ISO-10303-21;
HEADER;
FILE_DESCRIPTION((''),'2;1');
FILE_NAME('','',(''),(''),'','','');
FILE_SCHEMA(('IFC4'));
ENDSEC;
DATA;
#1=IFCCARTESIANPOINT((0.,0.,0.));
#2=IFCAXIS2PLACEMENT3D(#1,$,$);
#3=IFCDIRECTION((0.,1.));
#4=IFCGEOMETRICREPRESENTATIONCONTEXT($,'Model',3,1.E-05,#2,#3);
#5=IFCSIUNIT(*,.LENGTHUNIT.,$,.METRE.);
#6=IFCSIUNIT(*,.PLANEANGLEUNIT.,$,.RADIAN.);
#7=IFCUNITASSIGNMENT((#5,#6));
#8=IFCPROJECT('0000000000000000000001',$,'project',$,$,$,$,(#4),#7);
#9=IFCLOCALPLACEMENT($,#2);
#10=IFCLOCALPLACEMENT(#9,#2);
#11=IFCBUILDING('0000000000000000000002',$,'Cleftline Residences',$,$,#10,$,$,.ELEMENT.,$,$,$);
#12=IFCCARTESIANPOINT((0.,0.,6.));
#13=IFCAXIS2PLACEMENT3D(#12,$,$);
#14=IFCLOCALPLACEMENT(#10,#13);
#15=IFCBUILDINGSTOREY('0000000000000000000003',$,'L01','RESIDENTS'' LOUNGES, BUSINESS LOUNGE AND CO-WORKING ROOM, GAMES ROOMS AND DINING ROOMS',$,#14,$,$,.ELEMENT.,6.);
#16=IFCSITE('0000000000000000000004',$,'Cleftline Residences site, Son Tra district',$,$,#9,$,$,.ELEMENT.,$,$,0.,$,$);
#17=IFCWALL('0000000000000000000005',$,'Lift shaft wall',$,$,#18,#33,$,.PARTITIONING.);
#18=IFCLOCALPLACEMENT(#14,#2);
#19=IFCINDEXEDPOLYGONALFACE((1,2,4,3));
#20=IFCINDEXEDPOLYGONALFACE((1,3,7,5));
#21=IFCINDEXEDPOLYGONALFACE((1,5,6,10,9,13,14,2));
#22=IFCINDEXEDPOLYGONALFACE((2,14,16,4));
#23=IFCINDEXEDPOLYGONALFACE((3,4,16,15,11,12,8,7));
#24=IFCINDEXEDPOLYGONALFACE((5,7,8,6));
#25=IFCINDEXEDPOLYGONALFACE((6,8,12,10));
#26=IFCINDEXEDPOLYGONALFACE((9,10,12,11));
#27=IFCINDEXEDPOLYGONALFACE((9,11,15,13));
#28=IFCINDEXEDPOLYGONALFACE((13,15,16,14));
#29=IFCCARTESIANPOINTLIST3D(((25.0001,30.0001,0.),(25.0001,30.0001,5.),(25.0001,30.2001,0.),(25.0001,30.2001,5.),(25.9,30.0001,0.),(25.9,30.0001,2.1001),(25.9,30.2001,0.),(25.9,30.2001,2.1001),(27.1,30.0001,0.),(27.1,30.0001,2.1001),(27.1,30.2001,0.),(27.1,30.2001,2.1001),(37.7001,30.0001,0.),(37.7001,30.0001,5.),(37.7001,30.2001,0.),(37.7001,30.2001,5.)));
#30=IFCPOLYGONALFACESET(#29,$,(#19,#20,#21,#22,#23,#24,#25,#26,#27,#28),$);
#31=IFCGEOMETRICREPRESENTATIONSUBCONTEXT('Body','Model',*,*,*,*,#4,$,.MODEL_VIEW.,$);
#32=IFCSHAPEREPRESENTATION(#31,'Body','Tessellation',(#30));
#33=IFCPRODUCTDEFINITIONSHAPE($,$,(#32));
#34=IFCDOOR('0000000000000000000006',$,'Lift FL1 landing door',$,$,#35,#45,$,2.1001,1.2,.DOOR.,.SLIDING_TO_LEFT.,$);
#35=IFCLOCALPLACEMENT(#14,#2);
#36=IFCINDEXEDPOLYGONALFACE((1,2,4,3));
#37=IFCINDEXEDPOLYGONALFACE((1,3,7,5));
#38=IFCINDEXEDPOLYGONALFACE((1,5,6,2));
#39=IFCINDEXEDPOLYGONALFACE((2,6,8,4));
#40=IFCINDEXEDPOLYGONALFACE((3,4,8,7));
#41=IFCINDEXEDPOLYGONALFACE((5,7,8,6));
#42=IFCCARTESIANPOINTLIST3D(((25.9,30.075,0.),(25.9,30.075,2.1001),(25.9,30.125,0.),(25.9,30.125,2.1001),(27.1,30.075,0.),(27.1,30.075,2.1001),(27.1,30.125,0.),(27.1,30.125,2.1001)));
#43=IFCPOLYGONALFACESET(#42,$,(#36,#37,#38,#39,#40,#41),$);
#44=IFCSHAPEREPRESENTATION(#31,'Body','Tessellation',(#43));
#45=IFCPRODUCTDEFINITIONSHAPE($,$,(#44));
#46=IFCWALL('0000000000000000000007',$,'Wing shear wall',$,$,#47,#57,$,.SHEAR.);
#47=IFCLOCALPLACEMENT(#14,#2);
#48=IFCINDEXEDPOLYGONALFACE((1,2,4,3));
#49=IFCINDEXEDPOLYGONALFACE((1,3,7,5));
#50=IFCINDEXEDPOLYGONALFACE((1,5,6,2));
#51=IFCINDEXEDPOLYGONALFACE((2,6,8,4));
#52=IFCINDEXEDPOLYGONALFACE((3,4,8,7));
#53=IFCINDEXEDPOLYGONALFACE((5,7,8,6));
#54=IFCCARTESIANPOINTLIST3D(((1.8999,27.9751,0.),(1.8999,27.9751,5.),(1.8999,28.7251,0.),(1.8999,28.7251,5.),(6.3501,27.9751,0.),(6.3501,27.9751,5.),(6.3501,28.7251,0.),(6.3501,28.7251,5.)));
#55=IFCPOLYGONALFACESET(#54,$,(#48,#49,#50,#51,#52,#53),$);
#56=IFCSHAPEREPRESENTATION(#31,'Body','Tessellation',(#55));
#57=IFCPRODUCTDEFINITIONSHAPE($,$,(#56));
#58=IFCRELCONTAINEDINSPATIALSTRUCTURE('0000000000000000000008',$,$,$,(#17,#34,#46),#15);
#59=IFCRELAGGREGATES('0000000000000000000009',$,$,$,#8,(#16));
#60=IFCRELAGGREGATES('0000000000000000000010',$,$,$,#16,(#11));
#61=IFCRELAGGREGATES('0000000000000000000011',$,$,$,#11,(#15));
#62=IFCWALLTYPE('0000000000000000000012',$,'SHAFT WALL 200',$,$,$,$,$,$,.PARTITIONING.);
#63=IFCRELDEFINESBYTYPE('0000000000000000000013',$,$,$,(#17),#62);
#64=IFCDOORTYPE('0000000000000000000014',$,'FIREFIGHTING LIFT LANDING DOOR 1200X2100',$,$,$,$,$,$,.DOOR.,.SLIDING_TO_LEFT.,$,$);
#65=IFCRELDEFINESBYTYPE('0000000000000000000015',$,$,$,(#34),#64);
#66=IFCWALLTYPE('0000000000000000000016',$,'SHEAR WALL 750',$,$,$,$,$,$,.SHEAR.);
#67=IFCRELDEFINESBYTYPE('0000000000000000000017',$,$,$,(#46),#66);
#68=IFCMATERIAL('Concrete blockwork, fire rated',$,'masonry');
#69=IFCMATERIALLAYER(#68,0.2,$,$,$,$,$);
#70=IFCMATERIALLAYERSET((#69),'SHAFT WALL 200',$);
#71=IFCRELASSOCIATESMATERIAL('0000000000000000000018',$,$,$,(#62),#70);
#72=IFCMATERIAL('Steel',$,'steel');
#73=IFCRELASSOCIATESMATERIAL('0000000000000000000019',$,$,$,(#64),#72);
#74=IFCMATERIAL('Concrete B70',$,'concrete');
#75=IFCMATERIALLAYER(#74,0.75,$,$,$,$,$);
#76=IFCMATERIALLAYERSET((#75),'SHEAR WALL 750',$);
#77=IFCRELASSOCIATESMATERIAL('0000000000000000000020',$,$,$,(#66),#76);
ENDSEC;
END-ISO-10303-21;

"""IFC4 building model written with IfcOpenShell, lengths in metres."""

from ifc_helpers import new_model, si_unit, direction, frame, frame_2d, origin, place, context, subcontext, project, spatial, rectangle, extrude, material, layer, layer_set, type_object, element, fill, save


model = new_model("IFC4")

# Units and contexts
model_context = context("Model", 3, precision=1e-05, world=origin(), true_north=direction((0.0, 1.0)))
body_context = subcontext(model_context, "Body", "Model", "MODEL_VIEW")
ifc_project = project(units=[si_unit("LENGTHUNIT", "METRE"), si_unit("PLANEANGLEUNIT", "RADIAN")], contexts=[model_context])

# Site, building, storey
site_placement = place(None, origin())
site = spatial("IfcSite", under=ifc_project, at=site_placement, Name="Cleftline Residences site, Son Tra district", CompositionType="ELEMENT", RefElevation=0.0)
building_placement = place(site_placement, origin())
building = spatial("IfcBuilding", under=site, at=building_placement, Name="Cleftline Residences", CompositionType="ELEMENT")
storey_placement = place(building_placement, frame((0.0, 0.0, 6.0)))
storey = spatial("IfcBuildingStorey", under=building, at=storey_placement, Name="L01", Description="RESIDENTS' LOUNGES, BUSINESS LOUNGE AND CO-WORKING ROOM, GAMES ROOMS AND DINING ROOMS", CompositionType="ELEMENT", Elevation=6.0)

# Wall, opening, door
ifc_material_1 = material(Name="Concrete blockwork, fire rated", Category="masonry")
ifc_layer_1 = layer(ifc_material_1, 0.2)
ifc_layer_set_1 = layer_set([ifc_layer_1], Name="SHAFT WALL 200")
wall_type_1 = type_object("IfcWallType", Name="SHAFT WALL 200", PredefinedType="PARTITIONING", material=ifc_layer_set_1)
wall_1_placement = place(storey_placement, frame((25.0, 30.1001, 0.0), z_axis=(0.0, 0.0, 1.0), x_axis=(1.0, 0.0, 0.0)))
wall_1 = element("IfcWall", 1, at=wall_1_placement, inside=storey, type_object=wall_type_1, Name="Lift shaft wall", PredefinedType="PARTITIONING", context=body_context, shape_type="SweptSolid", body=[
    extrude(rectangle(XDim=12.7, YDim=0.2, at=frame_2d((6.3501, 0.0))), origin(), (0.0, 0.0, 1.0), 5.0),
])
opening_1_placement = place(wall_1_placement, frame((0.8999, 0.0, 0.0)))
opening_1 = element("IfcOpeningElement", 2, at=opening_1_placement, cuts=wall_1, PredefinedType="OPENING", context=body_context, shape_type="SweptSolid", body=[
    extrude(rectangle(XDim=1.2, YDim=2.1001, at=frame_2d((0.6001, 1.05))), frame((0.0, 0.1099, 0.0), z_axis=(0.0, -1.0, 0.0), x_axis=(1.0, 0.0, 0.0)), (0.0, 0.0, 1.0), 0.22),
])
ifc_material_2 = material(Name="Steel", Category="steel")
door_type_1 = type_object("IfcDoorType", Name="FIREFIGHTING LIFT LANDING DOOR 1200X2100", OperationType="SLIDING_TO_LEFT", PredefinedType="DOOR", material=ifc_material_2)
door_1_placement = place(opening_1_placement, origin())
door_1 = element("IfcDoor", 3, at=door_1_placement, inside=storey, type_object=door_type_1, Name="Lift FL1 landing door", OperationType="SLIDING_TO_LEFT", OverallHeight=2.1001, OverallWidth=1.2, PredefinedType="DOOR", context=body_context, shape_type="SweptSolid", body=[
    extrude(rectangle(XDim=1.2, YDim=2.1001, at=frame_2d((0.6001, 1.05))), frame((0.0, 0.0249, 0.0), z_axis=(0.0, -1.0, 0.0), x_axis=(1.0, 0.0, 0.0)), (0.0, 0.0, 1.0), 0.05),
])
fill(opening_1, door_1)

# Wall
ifc_material_3 = material(Name="Concrete B70", Category="concrete")
ifc_layer_2 = layer(ifc_material_3, 0.75)
ifc_layer_set_2 = layer_set([ifc_layer_2], Name="SHEAR WALL 750")
wall_type_2 = type_object("IfcWallType", Name="SHEAR WALL 750", PredefinedType="SHEAR", material=ifc_layer_set_2)
wall_2_placement = place(storey_placement, frame((6.3501, 28.3501, 0.0), z_axis=(0.0, 0.0, 1.0), x_axis=(-1.0, 0.0, 0.0)))
element("IfcWall", 4, at=wall_2_placement, inside=storey, type_object=wall_type_2, Name="Wing shear wall", PredefinedType="SHEAR", context=body_context, shape_type="SweptSolid", body=[
    extrude(rectangle(XDim=4.4502, YDim=0.75, at=frame_2d((2.2251, 0.0))), origin(), (0.0, 0.0, 1.0), 5.0),
])

save(model, "model.ifc")
